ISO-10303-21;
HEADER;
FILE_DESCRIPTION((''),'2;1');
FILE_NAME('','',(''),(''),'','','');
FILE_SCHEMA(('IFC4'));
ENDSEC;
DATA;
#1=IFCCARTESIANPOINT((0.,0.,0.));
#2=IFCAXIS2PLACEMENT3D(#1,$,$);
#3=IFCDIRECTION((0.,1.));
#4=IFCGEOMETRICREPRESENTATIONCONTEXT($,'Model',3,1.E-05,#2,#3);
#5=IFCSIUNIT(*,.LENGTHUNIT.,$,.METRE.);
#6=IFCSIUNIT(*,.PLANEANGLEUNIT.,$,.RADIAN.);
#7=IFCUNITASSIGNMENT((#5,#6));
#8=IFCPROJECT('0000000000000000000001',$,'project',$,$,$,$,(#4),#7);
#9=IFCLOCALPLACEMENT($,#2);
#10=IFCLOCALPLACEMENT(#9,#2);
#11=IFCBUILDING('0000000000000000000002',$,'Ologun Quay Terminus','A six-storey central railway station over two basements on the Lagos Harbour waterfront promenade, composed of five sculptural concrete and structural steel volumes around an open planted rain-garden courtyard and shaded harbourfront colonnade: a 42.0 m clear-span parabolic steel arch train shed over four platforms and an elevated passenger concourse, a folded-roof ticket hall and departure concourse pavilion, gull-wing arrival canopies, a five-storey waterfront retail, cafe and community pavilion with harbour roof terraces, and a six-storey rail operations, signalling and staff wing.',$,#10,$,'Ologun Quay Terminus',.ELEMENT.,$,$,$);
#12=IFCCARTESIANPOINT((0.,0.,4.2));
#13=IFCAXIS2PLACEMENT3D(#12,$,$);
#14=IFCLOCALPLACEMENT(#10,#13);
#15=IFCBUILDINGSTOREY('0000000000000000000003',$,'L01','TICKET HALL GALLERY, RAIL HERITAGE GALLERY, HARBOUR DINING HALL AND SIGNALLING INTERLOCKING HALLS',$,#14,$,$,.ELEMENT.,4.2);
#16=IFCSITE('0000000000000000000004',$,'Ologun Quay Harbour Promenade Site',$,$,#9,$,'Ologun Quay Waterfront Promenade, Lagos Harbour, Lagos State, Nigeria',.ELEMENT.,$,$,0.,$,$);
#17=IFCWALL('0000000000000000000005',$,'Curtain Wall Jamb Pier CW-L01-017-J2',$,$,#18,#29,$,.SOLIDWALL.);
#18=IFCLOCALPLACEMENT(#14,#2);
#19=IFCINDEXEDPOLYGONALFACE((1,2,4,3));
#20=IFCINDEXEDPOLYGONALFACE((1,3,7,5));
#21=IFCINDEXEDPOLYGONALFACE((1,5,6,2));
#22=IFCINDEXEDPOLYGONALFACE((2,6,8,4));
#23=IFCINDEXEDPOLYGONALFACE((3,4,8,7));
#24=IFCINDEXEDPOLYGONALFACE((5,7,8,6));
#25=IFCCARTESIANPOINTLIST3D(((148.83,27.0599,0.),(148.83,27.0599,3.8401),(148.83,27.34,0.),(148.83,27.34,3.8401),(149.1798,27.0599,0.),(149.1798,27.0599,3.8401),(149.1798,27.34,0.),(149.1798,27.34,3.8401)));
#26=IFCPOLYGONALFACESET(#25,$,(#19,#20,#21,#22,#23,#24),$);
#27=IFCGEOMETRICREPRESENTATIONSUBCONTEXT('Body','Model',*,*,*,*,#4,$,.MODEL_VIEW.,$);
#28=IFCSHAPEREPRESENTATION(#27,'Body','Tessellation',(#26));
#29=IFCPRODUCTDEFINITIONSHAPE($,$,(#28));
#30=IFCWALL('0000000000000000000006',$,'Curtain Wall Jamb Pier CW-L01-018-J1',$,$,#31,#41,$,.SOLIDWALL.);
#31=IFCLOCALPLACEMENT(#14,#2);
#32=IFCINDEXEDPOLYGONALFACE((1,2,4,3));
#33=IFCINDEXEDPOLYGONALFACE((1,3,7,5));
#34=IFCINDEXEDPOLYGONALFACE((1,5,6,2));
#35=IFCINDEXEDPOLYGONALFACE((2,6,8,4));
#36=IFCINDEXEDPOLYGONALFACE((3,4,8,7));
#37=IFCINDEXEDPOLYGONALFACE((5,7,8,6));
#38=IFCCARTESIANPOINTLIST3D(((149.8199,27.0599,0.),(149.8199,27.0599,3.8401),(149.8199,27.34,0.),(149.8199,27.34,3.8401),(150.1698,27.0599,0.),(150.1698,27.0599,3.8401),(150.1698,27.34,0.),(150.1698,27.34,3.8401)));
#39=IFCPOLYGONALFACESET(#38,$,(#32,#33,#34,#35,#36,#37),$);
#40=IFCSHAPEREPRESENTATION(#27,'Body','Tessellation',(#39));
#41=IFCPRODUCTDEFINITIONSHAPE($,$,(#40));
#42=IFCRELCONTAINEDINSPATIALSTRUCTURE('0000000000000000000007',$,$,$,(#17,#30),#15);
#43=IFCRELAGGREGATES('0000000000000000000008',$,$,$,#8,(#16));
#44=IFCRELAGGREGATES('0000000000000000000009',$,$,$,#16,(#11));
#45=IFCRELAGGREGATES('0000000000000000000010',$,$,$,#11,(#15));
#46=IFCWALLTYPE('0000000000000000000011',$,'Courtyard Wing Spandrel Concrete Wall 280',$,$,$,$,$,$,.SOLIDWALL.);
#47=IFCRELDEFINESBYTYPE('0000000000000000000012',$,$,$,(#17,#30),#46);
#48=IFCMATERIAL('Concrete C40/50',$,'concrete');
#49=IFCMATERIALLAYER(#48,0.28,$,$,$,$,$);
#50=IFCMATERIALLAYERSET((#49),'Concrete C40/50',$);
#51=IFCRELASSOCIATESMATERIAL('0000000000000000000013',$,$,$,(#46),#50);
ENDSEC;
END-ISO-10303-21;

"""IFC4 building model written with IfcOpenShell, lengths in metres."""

from ifc_helpers import new_model, si_unit, direction, frame, frame_2d, origin, place, context, subcontext, project, spatial, rectangle, extrude, material, layer, layer_set, type_object, element, save


model = new_model("IFC4")

# Units and contexts
model_context = context("Model", 3, precision=1e-05, world=origin(), true_north=direction((0.0, 1.0)))
body_context = subcontext(model_context, "Body", "Model", "MODEL_VIEW")
ifc_project = project(units=[si_unit("LENGTHUNIT", "METRE"), si_unit("PLANEANGLEUNIT", "RADIAN")], contexts=[model_context])

# Site, building, storey
site_placement = place(None, origin())
site = spatial("IfcSite", under=ifc_project, at=site_placement, Name="Ologun Quay Harbour Promenade Site", LongName="Ologun Quay Waterfront Promenade, Lagos Harbour, Lagos State, Nigeria", CompositionType="ELEMENT", RefElevation=0.0)
building_placement = place(site_placement, origin())
building = spatial("IfcBuilding", under=site, at=building_placement, Name="Ologun Quay Terminus", Description="A six-storey central railway station over two basements on the Lagos Harbour waterfront promenade, composed of five sculptural concrete and structural steel volumes around an open planted rain-garden courtyard and shaded harbourfront colonnade: a 42.0 m clear-span parabolic steel arch train shed over four platforms and an elevated passenger concourse, a folded-roof ticket hall and departure concourse pavilion, gull-wing arrival canopies, a five-storey waterfront retail, cafe and community pavilion with harbour roof terraces, and a six-storey rail operations, signalling and staff wing.", LongName="Ologun Quay Terminus", CompositionType="ELEMENT")
storey_placement = place(building_placement, frame((0.0, 0.0, 4.2)))
storey = spatial("IfcBuildingStorey", under=building, at=storey_placement, Name="L01", Description="TICKET HALL GALLERY, RAIL HERITAGE GALLERY, HARBOUR DINING HALL AND SIGNALLING INTERLOCKING HALLS", CompositionType="ELEMENT", Elevation=4.2)

# Walls
ifc_material_1 = material(Name="Concrete C40/50", Category="concrete")
ifc_layer_1 = layer(ifc_material_1, 0.28)
ifc_layer_set_1 = layer_set([ifc_layer_1], Name="Concrete C40/50")
wall_type = type_object("IfcWallType", Name="Courtyard Wing Spandrel Concrete Wall 280", PredefinedType="SOLIDWALL", material=ifc_layer_set_1)
for number, where, z_axis, x_axis, name in (
    (1, (148.8301, 27.2, 0.0), (0.0, 0.0, 1.0), (1.0, 0.0, 0.0), "Curtain Wall Jamb Pier CW-L01-017-J2"),
    (2, (149.8201, 27.2, 0.0), (0.0, 0.0, 1.0), (1.0, 0.0, 0.0), "Curtain Wall Jamb Pier CW-L01-018-J1"),
):
    element("IfcWall", number, at=place(storey_placement, frame(where, z_axis=z_axis, x_axis=x_axis)), inside=storey, type_object=wall_type, Name=name, PredefinedType="SOLIDWALL", context=body_context, shape_type="SweptSolid", body=[
        extrude(rectangle(XDim=0.3499, YDim=0.28, at=frame_2d((0.1748, 0.0))), origin(), (0.0, 0.0, 1.0), 3.8401),
    ])

save(model, "model.ifc")
